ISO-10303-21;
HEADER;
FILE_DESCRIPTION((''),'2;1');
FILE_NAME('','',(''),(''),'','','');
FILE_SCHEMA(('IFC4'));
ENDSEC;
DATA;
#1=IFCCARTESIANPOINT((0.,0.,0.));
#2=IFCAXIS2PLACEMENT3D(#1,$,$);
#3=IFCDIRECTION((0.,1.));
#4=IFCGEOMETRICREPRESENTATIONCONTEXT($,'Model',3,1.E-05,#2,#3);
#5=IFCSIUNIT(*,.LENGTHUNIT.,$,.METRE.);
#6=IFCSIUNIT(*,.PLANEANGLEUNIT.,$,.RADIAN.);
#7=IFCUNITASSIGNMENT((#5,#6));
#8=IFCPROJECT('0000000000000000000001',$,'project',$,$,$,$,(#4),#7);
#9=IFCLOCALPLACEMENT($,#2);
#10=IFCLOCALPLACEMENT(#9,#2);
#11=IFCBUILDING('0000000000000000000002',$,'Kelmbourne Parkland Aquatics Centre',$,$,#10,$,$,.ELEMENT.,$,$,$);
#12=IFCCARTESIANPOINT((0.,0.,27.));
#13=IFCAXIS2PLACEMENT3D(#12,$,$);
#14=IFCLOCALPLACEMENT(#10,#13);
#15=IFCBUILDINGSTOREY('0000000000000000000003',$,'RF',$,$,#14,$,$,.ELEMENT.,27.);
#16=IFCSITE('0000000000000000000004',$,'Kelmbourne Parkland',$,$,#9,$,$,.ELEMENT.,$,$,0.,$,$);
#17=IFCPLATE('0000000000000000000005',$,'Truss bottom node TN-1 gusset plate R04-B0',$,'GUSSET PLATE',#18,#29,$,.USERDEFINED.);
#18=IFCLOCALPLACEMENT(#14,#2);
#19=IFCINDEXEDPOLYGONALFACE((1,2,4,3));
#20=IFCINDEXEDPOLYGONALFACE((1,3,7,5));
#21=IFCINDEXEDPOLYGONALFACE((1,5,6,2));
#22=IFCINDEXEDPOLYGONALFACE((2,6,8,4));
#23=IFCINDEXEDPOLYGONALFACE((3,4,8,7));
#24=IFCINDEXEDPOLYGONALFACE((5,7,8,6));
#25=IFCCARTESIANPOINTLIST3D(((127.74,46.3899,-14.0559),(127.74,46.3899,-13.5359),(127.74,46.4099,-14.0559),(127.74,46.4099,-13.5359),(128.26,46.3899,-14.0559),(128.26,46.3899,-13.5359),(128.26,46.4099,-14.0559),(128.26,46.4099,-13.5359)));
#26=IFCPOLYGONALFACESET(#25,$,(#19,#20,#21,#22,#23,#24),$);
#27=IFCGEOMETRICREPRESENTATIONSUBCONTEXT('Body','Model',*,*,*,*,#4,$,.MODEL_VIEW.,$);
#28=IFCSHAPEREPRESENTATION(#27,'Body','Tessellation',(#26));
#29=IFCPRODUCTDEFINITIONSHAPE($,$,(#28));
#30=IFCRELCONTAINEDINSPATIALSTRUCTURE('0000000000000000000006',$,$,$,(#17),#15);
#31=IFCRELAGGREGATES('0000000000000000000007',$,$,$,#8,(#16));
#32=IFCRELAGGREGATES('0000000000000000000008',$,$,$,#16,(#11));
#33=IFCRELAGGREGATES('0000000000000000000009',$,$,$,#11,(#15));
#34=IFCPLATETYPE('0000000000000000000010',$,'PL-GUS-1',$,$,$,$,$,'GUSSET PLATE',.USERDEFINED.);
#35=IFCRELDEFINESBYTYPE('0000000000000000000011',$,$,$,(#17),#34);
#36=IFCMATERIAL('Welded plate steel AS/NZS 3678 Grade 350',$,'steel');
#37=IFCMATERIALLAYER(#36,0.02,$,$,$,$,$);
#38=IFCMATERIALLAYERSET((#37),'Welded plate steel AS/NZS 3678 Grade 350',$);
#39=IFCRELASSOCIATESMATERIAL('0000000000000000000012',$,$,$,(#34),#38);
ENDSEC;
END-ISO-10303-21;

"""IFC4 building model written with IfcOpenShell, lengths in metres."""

from ifc_helpers import new_model, si_unit, direction, frame, origin, origin_2d, place, context, subcontext, project, spatial, rectangle, extrude, material, layer, layer_set, type_object, element, save


model = new_model("IFC4")

# Units and contexts
model_context = context("Model", 3, precision=1e-05, world=origin(), true_north=direction((0.0, 1.0)))
body_context = subcontext(model_context, "Body", "Model", "MODEL_VIEW")
ifc_project = project(units=[si_unit("LENGTHUNIT", "METRE"), si_unit("PLANEANGLEUNIT", "RADIAN")], contexts=[model_context])

# Site, building, storey
site_placement = place(None, origin())
site = spatial("IfcSite", under=ifc_project, at=site_placement, Name="Kelmbourne Parkland", CompositionType="ELEMENT", RefElevation=0.0)
building_placement = place(site_placement, origin())
building = spatial("IfcBuilding", under=site, at=building_placement, Name="Kelmbourne Parkland Aquatics Centre", CompositionType="ELEMENT")
storey_placement = place(building_placement, frame((0.0, 0.0, 27.0)))
storey = spatial("IfcBuildingStorey", under=building, at=storey_placement, Name="RF", CompositionType="ELEMENT", Elevation=27.0)

# Shared definitions
ifc_material_1 = material(Name="Welded plate steel AS/NZS 3678 Grade 350", Category="steel")

# Plate
ifc_layer_1 = layer(ifc_material_1, 0.02)
ifc_layer_set_1 = layer_set([ifc_layer_1], Name="Welded plate steel AS/NZS 3678 Grade 350")
plate_type_1 = type_object("IfcPlateType", Name="PL-GUS-1", ElementType="GUSSET PLATE", PredefinedType="USERDEFINED", material=ifc_layer_set_1)
plate_1_placement = place(storey_placement, frame((128.0, 46.3999, -14.0559), z_axis=(0.0, 0.0, 1.0), x_axis=(1.0, 0.0, 0.0)))
element("IfcPlate", 1, at=plate_1_placement, inside=storey, type_object=plate_type_1, Name="Truss bottom node TN-1 gusset plate R04-B0", ObjectType="GUSSET PLATE", PredefinedType="USERDEFINED", context=body_context, shape_type="SweptSolid", body=[
    extrude(rectangle(XDim=0.52, YDim=0.02, at=origin_2d()), origin(), (0.0, 0.0, 1.0), 0.52),
])

save(model, "model.ifc")
